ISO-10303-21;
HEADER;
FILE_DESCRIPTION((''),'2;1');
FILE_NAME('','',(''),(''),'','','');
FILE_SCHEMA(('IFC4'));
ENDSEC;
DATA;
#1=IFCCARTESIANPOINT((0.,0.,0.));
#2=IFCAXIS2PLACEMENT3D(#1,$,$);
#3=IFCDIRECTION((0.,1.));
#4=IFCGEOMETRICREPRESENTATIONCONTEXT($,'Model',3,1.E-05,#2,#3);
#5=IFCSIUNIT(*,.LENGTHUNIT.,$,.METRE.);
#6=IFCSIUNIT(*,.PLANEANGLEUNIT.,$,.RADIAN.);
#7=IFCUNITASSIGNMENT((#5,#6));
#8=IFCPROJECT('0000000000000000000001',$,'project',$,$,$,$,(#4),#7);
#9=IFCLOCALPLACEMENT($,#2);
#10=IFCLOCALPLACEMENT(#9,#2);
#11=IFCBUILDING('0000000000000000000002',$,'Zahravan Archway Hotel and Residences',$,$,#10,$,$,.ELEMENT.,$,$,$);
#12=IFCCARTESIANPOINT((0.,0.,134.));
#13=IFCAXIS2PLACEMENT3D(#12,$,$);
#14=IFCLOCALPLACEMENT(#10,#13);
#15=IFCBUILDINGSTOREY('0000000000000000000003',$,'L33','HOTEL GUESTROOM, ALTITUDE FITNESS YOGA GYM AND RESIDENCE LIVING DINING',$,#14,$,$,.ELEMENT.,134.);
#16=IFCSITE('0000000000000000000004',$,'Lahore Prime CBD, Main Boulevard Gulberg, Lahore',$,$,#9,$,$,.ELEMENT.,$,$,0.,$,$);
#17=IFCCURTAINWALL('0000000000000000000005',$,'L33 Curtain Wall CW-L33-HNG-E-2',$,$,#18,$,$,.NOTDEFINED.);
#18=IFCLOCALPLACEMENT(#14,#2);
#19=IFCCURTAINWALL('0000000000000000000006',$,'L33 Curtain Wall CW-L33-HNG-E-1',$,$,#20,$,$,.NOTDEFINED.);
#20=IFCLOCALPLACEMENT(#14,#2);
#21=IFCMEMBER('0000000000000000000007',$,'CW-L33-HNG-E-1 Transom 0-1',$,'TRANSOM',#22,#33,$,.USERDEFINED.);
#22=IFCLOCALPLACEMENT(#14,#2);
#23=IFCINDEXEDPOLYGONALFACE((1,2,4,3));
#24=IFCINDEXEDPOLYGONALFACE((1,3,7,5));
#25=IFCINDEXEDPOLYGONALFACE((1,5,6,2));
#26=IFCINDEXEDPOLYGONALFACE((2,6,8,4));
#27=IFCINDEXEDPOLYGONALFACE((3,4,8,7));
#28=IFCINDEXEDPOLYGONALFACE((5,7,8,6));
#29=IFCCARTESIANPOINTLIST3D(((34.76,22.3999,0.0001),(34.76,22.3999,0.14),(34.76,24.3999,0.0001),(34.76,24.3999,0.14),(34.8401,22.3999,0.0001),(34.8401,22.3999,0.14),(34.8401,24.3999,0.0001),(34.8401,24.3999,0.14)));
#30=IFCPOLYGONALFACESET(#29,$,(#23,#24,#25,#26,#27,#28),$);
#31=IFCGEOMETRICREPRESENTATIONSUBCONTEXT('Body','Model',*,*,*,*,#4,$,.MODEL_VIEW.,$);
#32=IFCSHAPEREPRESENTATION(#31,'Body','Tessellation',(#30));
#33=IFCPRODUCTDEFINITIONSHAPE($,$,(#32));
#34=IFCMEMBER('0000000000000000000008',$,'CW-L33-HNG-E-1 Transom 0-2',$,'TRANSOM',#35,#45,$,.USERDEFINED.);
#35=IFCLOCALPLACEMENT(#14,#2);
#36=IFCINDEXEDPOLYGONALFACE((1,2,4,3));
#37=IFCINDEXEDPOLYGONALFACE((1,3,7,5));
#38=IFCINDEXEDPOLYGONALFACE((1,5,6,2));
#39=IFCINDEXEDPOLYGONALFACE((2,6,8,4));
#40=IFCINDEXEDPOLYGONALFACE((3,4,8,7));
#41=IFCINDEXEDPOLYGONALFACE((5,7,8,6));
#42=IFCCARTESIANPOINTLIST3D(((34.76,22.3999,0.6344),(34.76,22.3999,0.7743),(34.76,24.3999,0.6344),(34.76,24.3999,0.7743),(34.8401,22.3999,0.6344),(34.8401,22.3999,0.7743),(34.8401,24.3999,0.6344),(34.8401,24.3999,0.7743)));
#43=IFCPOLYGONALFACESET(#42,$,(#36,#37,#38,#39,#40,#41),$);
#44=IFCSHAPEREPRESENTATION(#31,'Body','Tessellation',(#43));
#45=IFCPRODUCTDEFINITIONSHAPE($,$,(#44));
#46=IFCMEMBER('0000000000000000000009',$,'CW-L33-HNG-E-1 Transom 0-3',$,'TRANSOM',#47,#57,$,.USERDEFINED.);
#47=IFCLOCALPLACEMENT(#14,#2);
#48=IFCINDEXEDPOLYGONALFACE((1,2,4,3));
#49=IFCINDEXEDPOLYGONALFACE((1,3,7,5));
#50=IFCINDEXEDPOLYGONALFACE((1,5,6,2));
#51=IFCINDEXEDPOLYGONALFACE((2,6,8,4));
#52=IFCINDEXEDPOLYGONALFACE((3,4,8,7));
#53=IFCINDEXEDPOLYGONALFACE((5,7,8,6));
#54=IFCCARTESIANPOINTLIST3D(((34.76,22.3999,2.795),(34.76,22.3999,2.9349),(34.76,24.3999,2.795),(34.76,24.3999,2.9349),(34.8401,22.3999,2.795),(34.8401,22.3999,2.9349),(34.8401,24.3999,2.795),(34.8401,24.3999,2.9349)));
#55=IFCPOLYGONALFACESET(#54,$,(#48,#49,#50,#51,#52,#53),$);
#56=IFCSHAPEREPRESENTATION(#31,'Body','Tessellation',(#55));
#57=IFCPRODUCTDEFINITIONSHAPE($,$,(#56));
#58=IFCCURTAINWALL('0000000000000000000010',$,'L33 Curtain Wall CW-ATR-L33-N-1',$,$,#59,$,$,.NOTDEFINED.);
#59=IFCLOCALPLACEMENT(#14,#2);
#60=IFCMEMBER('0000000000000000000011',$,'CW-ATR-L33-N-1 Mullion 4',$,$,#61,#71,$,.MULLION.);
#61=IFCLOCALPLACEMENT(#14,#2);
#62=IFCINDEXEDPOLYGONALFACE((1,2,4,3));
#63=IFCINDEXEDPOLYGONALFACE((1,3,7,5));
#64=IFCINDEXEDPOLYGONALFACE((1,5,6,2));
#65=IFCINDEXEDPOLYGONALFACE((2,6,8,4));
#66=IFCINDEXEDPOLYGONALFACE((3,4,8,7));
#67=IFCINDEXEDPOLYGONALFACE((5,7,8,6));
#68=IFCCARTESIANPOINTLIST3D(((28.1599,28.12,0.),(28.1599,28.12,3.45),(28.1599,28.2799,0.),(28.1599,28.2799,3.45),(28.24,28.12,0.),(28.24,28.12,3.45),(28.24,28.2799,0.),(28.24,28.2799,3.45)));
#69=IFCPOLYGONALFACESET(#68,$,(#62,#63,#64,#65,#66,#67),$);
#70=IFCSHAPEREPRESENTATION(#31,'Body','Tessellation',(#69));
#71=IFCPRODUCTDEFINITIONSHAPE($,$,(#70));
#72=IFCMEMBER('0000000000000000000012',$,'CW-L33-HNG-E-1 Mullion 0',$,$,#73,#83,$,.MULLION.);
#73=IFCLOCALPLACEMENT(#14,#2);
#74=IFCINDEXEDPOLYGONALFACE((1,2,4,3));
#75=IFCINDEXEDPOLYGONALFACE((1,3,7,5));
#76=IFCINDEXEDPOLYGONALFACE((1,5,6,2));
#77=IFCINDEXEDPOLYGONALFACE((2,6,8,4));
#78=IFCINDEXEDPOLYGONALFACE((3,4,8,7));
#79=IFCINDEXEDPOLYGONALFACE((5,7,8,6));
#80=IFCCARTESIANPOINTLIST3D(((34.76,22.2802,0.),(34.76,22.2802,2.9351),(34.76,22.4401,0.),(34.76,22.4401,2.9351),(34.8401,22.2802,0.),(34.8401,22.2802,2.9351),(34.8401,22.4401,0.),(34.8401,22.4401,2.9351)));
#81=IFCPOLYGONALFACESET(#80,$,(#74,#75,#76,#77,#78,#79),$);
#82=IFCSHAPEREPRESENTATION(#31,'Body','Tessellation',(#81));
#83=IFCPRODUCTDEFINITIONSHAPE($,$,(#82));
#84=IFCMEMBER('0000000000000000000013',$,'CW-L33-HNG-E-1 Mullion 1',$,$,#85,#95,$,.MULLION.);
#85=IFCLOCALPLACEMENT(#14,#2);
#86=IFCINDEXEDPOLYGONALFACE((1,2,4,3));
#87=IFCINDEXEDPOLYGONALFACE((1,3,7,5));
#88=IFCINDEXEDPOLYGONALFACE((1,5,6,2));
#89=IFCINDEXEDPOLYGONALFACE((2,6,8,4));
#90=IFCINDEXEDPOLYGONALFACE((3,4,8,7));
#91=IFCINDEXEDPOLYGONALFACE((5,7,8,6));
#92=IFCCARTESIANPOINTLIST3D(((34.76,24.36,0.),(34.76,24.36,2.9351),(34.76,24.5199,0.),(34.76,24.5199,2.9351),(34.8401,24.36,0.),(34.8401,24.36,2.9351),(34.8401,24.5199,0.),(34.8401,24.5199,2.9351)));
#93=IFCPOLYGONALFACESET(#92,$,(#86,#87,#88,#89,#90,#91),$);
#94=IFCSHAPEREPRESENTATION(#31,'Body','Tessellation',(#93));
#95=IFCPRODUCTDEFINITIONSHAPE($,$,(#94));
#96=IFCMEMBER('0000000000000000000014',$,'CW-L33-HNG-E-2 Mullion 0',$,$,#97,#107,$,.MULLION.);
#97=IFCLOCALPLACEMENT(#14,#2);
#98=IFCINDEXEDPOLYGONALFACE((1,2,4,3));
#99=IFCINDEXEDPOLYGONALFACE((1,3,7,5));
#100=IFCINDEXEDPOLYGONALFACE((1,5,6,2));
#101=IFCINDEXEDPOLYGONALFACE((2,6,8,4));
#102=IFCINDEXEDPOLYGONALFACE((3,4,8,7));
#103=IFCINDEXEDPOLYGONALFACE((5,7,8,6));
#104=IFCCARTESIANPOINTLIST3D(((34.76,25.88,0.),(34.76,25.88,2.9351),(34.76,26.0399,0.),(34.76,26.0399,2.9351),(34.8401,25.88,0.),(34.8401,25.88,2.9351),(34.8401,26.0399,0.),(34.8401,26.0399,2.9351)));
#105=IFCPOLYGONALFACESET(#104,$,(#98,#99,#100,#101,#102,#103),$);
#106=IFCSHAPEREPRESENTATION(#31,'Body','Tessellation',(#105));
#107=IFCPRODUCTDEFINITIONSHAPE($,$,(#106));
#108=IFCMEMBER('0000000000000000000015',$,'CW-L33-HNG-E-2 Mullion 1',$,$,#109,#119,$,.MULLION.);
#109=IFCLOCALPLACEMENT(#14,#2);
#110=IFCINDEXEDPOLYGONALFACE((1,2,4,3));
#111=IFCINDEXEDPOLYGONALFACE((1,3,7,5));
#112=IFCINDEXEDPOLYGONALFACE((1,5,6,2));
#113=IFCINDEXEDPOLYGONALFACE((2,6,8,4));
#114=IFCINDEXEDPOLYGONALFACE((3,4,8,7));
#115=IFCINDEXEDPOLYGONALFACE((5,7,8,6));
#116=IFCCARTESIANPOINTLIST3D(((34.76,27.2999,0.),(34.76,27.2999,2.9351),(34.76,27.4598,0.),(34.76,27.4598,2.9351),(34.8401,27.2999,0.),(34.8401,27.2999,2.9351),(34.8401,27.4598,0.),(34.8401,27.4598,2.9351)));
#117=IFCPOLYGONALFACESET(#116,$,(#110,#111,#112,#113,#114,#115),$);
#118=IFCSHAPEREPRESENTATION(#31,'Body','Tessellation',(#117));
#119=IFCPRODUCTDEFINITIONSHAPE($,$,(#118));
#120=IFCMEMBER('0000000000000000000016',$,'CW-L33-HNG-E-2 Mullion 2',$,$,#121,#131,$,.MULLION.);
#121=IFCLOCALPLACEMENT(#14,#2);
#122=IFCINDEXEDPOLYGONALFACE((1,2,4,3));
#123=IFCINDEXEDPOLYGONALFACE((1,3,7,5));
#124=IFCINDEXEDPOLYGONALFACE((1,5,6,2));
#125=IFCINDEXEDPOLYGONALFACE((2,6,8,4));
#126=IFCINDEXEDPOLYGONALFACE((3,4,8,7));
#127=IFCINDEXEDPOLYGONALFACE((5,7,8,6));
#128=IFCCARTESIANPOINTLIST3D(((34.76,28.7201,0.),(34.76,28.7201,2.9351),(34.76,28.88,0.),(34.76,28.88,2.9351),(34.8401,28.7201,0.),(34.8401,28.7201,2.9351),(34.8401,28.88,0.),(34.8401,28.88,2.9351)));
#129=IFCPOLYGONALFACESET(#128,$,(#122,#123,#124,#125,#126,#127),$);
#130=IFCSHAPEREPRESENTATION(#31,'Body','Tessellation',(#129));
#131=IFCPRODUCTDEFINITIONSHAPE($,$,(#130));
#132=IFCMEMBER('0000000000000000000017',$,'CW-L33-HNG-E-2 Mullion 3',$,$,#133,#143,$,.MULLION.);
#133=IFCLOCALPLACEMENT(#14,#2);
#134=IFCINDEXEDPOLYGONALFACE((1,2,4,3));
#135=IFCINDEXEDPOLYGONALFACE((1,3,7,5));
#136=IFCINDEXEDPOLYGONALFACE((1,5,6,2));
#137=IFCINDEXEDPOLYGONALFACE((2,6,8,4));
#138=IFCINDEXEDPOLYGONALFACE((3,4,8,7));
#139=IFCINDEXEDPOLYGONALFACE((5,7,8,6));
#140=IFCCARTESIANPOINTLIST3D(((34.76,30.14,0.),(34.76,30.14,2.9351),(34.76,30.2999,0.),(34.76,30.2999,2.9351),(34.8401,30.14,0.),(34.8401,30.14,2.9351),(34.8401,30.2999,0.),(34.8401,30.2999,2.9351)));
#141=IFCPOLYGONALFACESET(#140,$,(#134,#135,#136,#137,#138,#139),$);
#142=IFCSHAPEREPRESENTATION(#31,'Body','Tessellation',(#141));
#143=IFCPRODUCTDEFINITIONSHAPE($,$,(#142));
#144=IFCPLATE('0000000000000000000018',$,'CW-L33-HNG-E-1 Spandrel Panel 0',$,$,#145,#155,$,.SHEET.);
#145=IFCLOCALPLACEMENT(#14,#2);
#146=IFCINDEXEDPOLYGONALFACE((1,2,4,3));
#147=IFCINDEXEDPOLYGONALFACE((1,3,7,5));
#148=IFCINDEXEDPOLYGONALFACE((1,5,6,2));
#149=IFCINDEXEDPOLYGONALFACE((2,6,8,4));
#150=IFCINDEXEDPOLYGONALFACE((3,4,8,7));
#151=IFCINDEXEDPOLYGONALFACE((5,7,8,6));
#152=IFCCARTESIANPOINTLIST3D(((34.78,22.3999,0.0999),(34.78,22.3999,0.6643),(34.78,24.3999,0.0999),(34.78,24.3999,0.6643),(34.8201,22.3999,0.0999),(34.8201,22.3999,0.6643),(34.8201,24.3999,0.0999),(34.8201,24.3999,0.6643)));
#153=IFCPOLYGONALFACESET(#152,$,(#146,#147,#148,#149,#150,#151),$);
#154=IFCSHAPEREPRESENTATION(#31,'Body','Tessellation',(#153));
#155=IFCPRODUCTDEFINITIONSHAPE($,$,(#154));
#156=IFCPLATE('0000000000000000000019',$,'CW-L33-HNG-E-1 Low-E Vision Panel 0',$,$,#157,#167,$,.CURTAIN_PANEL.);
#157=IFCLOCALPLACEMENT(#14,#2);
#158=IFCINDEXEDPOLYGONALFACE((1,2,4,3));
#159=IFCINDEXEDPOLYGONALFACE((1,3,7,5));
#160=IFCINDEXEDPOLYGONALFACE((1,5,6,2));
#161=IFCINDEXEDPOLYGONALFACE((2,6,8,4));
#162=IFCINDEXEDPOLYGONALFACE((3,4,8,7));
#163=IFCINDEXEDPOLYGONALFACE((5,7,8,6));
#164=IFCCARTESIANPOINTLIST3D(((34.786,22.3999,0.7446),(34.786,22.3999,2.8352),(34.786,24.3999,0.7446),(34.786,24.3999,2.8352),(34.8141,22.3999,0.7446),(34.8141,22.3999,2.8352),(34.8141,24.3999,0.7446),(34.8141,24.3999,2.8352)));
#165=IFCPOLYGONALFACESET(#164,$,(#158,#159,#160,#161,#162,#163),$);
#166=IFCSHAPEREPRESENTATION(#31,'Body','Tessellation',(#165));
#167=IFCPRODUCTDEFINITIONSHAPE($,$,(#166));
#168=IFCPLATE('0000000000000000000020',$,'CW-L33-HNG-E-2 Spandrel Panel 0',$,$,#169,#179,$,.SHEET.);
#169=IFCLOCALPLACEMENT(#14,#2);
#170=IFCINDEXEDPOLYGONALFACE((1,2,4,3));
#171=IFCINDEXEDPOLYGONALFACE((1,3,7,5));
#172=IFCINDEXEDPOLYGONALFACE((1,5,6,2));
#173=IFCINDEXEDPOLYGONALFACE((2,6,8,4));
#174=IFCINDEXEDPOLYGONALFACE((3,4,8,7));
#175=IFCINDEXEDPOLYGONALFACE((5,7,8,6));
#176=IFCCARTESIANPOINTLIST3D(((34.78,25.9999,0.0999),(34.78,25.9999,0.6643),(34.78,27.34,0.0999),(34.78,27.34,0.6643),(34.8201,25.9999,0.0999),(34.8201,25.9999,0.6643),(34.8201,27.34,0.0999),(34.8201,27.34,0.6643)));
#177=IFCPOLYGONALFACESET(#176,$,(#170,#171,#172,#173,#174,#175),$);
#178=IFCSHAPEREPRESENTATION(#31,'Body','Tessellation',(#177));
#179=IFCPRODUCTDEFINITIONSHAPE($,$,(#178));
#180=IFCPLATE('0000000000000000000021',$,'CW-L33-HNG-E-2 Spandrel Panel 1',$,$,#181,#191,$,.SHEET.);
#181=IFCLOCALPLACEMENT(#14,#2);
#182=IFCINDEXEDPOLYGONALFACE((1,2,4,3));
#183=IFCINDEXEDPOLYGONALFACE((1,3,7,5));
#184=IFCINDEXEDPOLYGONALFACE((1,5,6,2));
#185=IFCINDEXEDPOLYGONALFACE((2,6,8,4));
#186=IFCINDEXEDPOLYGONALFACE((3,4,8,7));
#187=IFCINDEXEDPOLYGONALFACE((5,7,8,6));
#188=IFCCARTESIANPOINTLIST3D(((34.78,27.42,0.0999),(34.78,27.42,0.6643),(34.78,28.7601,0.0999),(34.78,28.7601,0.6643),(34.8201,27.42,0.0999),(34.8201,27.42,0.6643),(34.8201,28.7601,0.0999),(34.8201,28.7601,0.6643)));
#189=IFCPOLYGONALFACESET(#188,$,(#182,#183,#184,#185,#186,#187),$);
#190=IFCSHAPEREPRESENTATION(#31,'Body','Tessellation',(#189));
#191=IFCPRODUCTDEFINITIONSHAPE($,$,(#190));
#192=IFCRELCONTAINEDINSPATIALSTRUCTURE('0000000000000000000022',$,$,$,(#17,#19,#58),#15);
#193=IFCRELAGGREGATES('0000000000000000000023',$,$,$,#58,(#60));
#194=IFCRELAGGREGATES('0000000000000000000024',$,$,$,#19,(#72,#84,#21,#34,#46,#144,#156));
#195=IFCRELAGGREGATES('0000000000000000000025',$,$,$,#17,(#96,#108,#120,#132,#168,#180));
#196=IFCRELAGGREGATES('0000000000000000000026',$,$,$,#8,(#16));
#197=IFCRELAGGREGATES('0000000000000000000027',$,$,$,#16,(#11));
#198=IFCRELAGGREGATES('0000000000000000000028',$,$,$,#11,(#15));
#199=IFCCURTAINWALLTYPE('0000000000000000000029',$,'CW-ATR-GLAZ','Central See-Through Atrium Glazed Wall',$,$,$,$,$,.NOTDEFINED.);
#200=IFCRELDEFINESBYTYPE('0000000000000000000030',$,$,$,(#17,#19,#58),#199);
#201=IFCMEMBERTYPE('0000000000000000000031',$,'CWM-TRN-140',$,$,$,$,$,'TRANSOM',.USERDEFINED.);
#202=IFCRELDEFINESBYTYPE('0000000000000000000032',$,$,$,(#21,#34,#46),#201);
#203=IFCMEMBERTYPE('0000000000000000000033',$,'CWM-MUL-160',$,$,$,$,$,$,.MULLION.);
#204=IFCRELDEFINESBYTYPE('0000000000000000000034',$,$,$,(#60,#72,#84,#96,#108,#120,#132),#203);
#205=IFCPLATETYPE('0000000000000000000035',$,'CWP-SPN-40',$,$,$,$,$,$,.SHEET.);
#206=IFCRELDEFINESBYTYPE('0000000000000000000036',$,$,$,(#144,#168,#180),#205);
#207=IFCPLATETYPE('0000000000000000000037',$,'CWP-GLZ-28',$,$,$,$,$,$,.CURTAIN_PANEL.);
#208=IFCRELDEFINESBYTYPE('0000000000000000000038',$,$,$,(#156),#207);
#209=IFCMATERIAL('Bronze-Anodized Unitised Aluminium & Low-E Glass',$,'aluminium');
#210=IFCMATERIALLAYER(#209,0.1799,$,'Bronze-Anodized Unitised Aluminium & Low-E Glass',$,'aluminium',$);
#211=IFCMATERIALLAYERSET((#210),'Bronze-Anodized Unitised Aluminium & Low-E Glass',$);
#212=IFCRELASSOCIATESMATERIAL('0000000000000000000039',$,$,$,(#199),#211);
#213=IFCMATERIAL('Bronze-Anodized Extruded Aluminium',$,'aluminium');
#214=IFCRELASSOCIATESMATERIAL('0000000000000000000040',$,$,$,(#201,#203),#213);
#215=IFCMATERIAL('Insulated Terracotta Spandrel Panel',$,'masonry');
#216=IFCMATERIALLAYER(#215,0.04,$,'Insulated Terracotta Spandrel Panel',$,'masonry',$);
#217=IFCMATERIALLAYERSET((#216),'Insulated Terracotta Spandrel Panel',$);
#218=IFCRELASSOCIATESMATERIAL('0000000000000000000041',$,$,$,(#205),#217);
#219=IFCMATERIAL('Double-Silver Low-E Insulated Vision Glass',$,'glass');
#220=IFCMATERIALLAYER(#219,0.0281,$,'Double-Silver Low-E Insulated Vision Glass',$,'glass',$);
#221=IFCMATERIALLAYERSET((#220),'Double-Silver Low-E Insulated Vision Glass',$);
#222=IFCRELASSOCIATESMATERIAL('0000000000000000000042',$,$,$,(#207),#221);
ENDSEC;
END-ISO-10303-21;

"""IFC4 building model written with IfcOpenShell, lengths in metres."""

from ifc_helpers import new_model, si_unit, direction, frame, origin, origin_2d, place, context, subcontext, project, spatial, rectangle, extrude, source, transform, mapped, material, layer, layer_set, material_profile, profile_set, type_object, element, aggregate, save


model = new_model("IFC4")

# Units and contexts
model_context = context("Model", 3, precision=1e-05, world=origin(), true_north=direction((0.0, 1.0)))
body_context = subcontext(model_context, "Body", "Model", "MODEL_VIEW")
ifc_project = project(units=[si_unit("LENGTHUNIT", "METRE"), si_unit("PLANEANGLEUNIT", "RADIAN")], contexts=[model_context])

# Site, building, storey
site_placement = place(None, origin())
site = spatial("IfcSite", under=ifc_project, at=site_placement, Name="Lahore Prime CBD, Main Boulevard Gulberg, Lahore", CompositionType="ELEMENT", RefElevation=0.0)
building_placement = place(site_placement, origin())
building = spatial("IfcBuilding", under=site, at=building_placement, Name="Zahravan Archway Hotel and Residences", CompositionType="ELEMENT")
storey_placement = place(building_placement, frame((0.0, 0.0, 134.0)))
storey = spatial("IfcBuildingStorey", under=building, at=storey_placement, Name="L33", Description="HOTEL GUESTROOM, ALTITUDE FITNESS YOGA GYM AND RESIDENCE LIVING DINING", CompositionType="ELEMENT", Elevation=134.0)

# Curtain walls, members
ifc_material_1 = material(Name="Bronze-Anodized Unitised Aluminium & Low-E Glass", Category="aluminium")
ifc_layer_1 = layer(ifc_material_1, 0.1799, Name="Bronze-Anodized Unitised Aluminium & Low-E Glass", Category="aluminium")
ifc_layer_set_1 = layer_set([ifc_layer_1], Name="Bronze-Anodized Unitised Aluminium & Low-E Glass")
curtain_wall_type = type_object("IfcCurtainWallType", Name="CW-ATR-GLAZ", Description="Central See-Through Atrium Glazed Wall", PredefinedType="NOTDEFINED", material=ifc_layer_set_1)
curtain_wall_1_placement = place(storey_placement, origin())
curtain_wall_1 = element("IfcCurtainWall", 1, at=curtain_wall_1_placement, inside=storey, type_object=curtain_wall_type, Name="L33 Curtain Wall CW-L33-HNG-E-2", PredefinedType="NOTDEFINED")
ifc_material_2 = material(Name="Bronze-Anodized Extruded Aluminium", Category="aluminium")
ifc_material_profile_1 = material_profile(ifc_material_2, rectangle(XDim=0.0801, YDim=0.1399, at=origin_2d()), Name="TRN 80x140", Category="aluminium")
ifc_profile_set_1 = profile_set([ifc_material_profile_1], Name="Bronze-Anodized Extruded Aluminium")
member_type_1 = type_object("IfcMemberType", Name="CWM-TRN-140", ElementType="TRANSOM", PredefinedType="USERDEFINED", material=ifc_profile_set_1)
curtain_wall_2_placement = place(storey_placement, origin())
curtain_wall_2 = element("IfcCurtainWall", 2, at=curtain_wall_2_placement, inside=storey, type_object=curtain_wall_type, Name="L33 Curtain Wall CW-L33-HNG-E-1", PredefinedType="NOTDEFINED")
shared_shape_1 = source(origin(), body_context, "Body", "SweptSolid", [
    extrude(rectangle(XDim=0.0801, YDim=0.1399, at=origin_2d()), origin(), (0.0, 0.0, 1.0), 2.0),
])
member_1_placement = place(storey_placement, frame((34.8, 22.3999, 0.0701), z_axis=(0.0, 1.0, 0.0), x_axis=(-1.0, 0.0, 0.0)))
member_1 = element("IfcMember", 3, at=member_1_placement, type_object=member_type_1, Name="CW-L33-HNG-E-1 Transom 0-1", ObjectType="TRANSOM", PredefinedType="USERDEFINED", context=body_context, shape_type="MappedRepresentation", body=[
    mapped(shared_shape_1, transform((0.0, 0.0, 0.0), scale=1.0)),
])
member_2_placement = place(storey_placement, frame((34.8, 22.3999, 0.7043), z_axis=(0.0, 1.0, 0.0), x_axis=(-1.0, 0.0, 0.0)))
member_2 = element("IfcMember", 4, at=member_2_placement, type_object=member_type_1, Name="CW-L33-HNG-E-1 Transom 0-2", ObjectType="TRANSOM", PredefinedType="USERDEFINED", context=body_context, shape_type="MappedRepresentation", body=[
    mapped(shared_shape_1, transform((0.0, 0.0, 0.0), scale=1.0)),
])
member_3_placement = place(storey_placement, frame((34.8, 22.3999, 2.865), z_axis=(0.0, 1.0, 0.0), x_axis=(-1.0, 0.0, 0.0)))
member_3 = element("IfcMember", 5, at=member_3_placement, type_object=member_type_1, Name="CW-L33-HNG-E-1 Transom 0-3", ObjectType="TRANSOM", PredefinedType="USERDEFINED", context=body_context, shape_type="MappedRepresentation", body=[
    mapped(shared_shape_1, transform((0.0, 0.0, 0.0), scale=1.0)),
])

# Curtain wall, member
curtain_wall_3_placement = place(storey_placement, origin())
curtain_wall_3 = element("IfcCurtainWall", 6, at=curtain_wall_3_placement, inside=storey, type_object=curtain_wall_type, Name="L33 Curtain Wall CW-ATR-L33-N-1", PredefinedType="NOTDEFINED")
ifc_material_profile_2 = material_profile(ifc_material_2, rectangle(XDim=0.0801, YDim=0.1599, at=origin_2d()), Name="MUL 80x160", Category="aluminium")
ifc_profile_set_2 = profile_set([ifc_material_profile_2], Name="Bronze-Anodized Extruded Aluminium")
member_type_2 = type_object("IfcMemberType", Name="CWM-MUL-160", PredefinedType="MULLION", material=ifc_profile_set_2)
shared_shape_2 = source(origin(), body_context, "Body", "SweptSolid", [
    extrude(rectangle(XDim=0.0801, YDim=0.1599, at=origin_2d()), origin(), (0.0, 0.0, 1.0), 3.45),
])
member_4_placement = place(storey_placement, frame((28.2, 28.2, 0.0), z_axis=(0.0, 0.0, 1.0), x_axis=(1.0, 0.0, 0.0)))
member_4 = element("IfcMember", 7, at=member_4_placement, type_object=member_type_2, Name="CW-ATR-L33-N-1 Mullion 4", PredefinedType="MULLION", context=body_context, shape_type="MappedRepresentation", body=[
    mapped(shared_shape_2, transform((0.0, 0.0, 0.0), scale=1.0)),
])
aggregate(curtain_wall_3, [member_4])

# Members
shared_shape_3 = source(origin(), body_context, "Body", "SweptSolid", [
    extrude(rectangle(XDim=0.0801, YDim=0.1599, at=origin_2d()), origin(), (0.0, 0.0, 1.0), 2.9351),
])
member_5_placement = place(storey_placement, frame((34.8, 22.3601, 0.0), z_axis=(0.0, 0.0, 1.0), x_axis=(1.0, 0.0, 0.0)))
member_5 = element("IfcMember", 8, at=member_5_placement, type_object=member_type_2, Name="CW-L33-HNG-E-1 Mullion 0", PredefinedType="MULLION", context=body_context, shape_type="MappedRepresentation", body=[
    mapped(shared_shape_3, transform((0.0, 0.0, 0.0), scale=1.0)),
])
member_6_placement = place(storey_placement, frame((34.8, 24.4399, 0.0), z_axis=(0.0, 0.0, 1.0), x_axis=(1.0, 0.0, 0.0)))
member_6 = element("IfcMember", 9, at=member_6_placement, type_object=member_type_2, Name="CW-L33-HNG-E-1 Mullion 1", PredefinedType="MULLION", context=body_context, shape_type="MappedRepresentation", body=[
    mapped(shared_shape_3, transform((0.0, 0.0, 0.0), scale=1.0)),
])
member_7_placement = place(storey_placement, frame((34.8, 25.96, 0.0), z_axis=(0.0, 0.0, 1.0), x_axis=(1.0, 0.0, 0.0)))
member_7 = element("IfcMember", 10, at=member_7_placement, type_object=member_type_2, Name="CW-L33-HNG-E-2 Mullion 0", PredefinedType="MULLION", context=body_context, shape_type="MappedRepresentation", body=[
    mapped(shared_shape_3, transform((0.0, 0.0, 0.0), scale=1.0)),
])
member_8_placement = place(storey_placement, frame((34.8, 27.3799, 0.0), z_axis=(0.0, 0.0, 1.0), x_axis=(1.0, 0.0, 0.0)))
member_8 = element("IfcMember", 11, at=member_8_placement, type_object=member_type_2, Name="CW-L33-HNG-E-2 Mullion 1", PredefinedType="MULLION", context=body_context, shape_type="MappedRepresentation", body=[
    mapped(shared_shape_3, transform((0.0, 0.0, 0.0), scale=1.0)),
])
member_9_placement = place(storey_placement, frame((34.8, 28.8, 0.0), z_axis=(0.0, 0.0, 1.0), x_axis=(1.0, 0.0, 0.0)))
member_9 = element("IfcMember", 12, at=member_9_placement, type_object=member_type_2, Name="CW-L33-HNG-E-2 Mullion 2", PredefinedType="MULLION", context=body_context, shape_type="MappedRepresentation", body=[
    mapped(shared_shape_3, transform((0.0, 0.0, 0.0), scale=1.0)),
])
member_10_placement = place(storey_placement, frame((34.8, 30.22, 0.0), z_axis=(0.0, 0.0, 1.0), x_axis=(1.0, 0.0, 0.0)))
member_10 = element("IfcMember", 13, at=member_10_placement, type_object=member_type_2, Name="CW-L33-HNG-E-2 Mullion 3", PredefinedType="MULLION", context=body_context, shape_type="MappedRepresentation", body=[
    mapped(shared_shape_3, transform((0.0, 0.0, 0.0), scale=1.0)),
])

# Plates
ifc_material_3 = material(Name="Insulated Terracotta Spandrel Panel", Category="masonry")
ifc_layer_2 = layer(ifc_material_3, 0.04, Name="Insulated Terracotta Spandrel Panel", Category="masonry")
ifc_layer_set_2 = layer_set([ifc_layer_2], Name="Insulated Terracotta Spandrel Panel")
plate_type_1 = type_object("IfcPlateType", Name="CWP-SPN-40", PredefinedType="SHEET", material=ifc_layer_set_2)
shared_shape_4 = source(origin(), body_context, "Body", "SweptSolid", [
    extrude(rectangle(XDim=2.0, YDim=0.04, at=origin_2d()), origin(), (0.0, 0.0, 1.0), 0.5645),
])
plate_1_placement = place(storey_placement, frame((34.8, 23.3999, 0.0999), z_axis=(0.0, 0.0, 1.0), x_axis=(0.0, 1.0, 0.0)))
plate_1 = element("IfcPlate", 14, at=plate_1_placement, type_object=plate_type_1, Name="CW-L33-HNG-E-1 Spandrel Panel 0", PredefinedType="SHEET", context=body_context, shape_type="MappedRepresentation", body=[
    mapped(shared_shape_4, transform((0.0, 0.0, 0.0), scale=1.0)),
])
ifc_material_4 = material(Name="Double-Silver Low-E Insulated Vision Glass", Category="glass")
ifc_layer_3 = layer(ifc_material_4, 0.0281, Name="Double-Silver Low-E Insulated Vision Glass", Category="glass")
ifc_layer_set_3 = layer_set([ifc_layer_3], Name="Double-Silver Low-E Insulated Vision Glass")
plate_type_2 = type_object("IfcPlateType", Name="CWP-GLZ-28", PredefinedType="CURTAIN_PANEL", material=ifc_layer_set_3)
shared_shape_5 = source(origin(), body_context, "Body", "SweptSolid", [
    extrude(rectangle(XDim=2.0, YDim=0.0281, at=origin_2d()), origin(), (0.0, 0.0, 1.0), 2.0906),
])
plate_2_placement = place(storey_placement, frame((34.8, 23.3999, 0.7446), z_axis=(0.0, 0.0, 1.0), x_axis=(0.0, 1.0, 0.0)))
plate_2 = element("IfcPlate", 15, at=plate_2_placement, type_object=plate_type_2, Name="CW-L33-HNG-E-1 Low-E Vision Panel 0", PredefinedType="CURTAIN_PANEL", context=body_context, shape_type="MappedRepresentation", body=[
    mapped(shared_shape_5, transform((0.0, 0.0, 0.0), scale=1.0)),
])
aggregate(curtain_wall_2, [member_5, member_6, member_1, member_2, member_3, plate_1, plate_2])
shared_shape_6 = source(origin(), body_context, "Body", "SweptSolid", [
    extrude(rectangle(XDim=1.3401, YDim=0.04, at=origin_2d()), origin(), (0.0, 0.0, 1.0), 0.5645),
])
plate_3_placement = place(storey_placement, frame((34.8, 26.6699, 0.0999), z_axis=(0.0, 0.0, 1.0), x_axis=(0.0, 1.0, 0.0)))
plate_3 = element("IfcPlate", 16, at=plate_3_placement, type_object=plate_type_1, Name="CW-L33-HNG-E-2 Spandrel Panel 0", PredefinedType="SHEET", context=body_context, shape_type="MappedRepresentation", body=[
    mapped(shared_shape_6, transform((0.0, 0.0, 0.0), scale=1.0)),
])
plate_4_placement = place(storey_placement, frame((34.8, 28.0901, 0.0999), z_axis=(0.0, 0.0, 1.0), x_axis=(0.0, 1.0, 0.0)))
plate_4 = element("IfcPlate", 17, at=plate_4_placement, type_object=plate_type_1, Name="CW-L33-HNG-E-2 Spandrel Panel 1", PredefinedType="SHEET", context=body_context, shape_type="MappedRepresentation", body=[
    mapped(shared_shape_6, transform((0.0, 0.0, 0.0), scale=1.0)),
])
aggregate(curtain_wall_1, [member_7, member_8, member_9, member_10, plate_3, plate_4])

save(model, "model.ifc")
